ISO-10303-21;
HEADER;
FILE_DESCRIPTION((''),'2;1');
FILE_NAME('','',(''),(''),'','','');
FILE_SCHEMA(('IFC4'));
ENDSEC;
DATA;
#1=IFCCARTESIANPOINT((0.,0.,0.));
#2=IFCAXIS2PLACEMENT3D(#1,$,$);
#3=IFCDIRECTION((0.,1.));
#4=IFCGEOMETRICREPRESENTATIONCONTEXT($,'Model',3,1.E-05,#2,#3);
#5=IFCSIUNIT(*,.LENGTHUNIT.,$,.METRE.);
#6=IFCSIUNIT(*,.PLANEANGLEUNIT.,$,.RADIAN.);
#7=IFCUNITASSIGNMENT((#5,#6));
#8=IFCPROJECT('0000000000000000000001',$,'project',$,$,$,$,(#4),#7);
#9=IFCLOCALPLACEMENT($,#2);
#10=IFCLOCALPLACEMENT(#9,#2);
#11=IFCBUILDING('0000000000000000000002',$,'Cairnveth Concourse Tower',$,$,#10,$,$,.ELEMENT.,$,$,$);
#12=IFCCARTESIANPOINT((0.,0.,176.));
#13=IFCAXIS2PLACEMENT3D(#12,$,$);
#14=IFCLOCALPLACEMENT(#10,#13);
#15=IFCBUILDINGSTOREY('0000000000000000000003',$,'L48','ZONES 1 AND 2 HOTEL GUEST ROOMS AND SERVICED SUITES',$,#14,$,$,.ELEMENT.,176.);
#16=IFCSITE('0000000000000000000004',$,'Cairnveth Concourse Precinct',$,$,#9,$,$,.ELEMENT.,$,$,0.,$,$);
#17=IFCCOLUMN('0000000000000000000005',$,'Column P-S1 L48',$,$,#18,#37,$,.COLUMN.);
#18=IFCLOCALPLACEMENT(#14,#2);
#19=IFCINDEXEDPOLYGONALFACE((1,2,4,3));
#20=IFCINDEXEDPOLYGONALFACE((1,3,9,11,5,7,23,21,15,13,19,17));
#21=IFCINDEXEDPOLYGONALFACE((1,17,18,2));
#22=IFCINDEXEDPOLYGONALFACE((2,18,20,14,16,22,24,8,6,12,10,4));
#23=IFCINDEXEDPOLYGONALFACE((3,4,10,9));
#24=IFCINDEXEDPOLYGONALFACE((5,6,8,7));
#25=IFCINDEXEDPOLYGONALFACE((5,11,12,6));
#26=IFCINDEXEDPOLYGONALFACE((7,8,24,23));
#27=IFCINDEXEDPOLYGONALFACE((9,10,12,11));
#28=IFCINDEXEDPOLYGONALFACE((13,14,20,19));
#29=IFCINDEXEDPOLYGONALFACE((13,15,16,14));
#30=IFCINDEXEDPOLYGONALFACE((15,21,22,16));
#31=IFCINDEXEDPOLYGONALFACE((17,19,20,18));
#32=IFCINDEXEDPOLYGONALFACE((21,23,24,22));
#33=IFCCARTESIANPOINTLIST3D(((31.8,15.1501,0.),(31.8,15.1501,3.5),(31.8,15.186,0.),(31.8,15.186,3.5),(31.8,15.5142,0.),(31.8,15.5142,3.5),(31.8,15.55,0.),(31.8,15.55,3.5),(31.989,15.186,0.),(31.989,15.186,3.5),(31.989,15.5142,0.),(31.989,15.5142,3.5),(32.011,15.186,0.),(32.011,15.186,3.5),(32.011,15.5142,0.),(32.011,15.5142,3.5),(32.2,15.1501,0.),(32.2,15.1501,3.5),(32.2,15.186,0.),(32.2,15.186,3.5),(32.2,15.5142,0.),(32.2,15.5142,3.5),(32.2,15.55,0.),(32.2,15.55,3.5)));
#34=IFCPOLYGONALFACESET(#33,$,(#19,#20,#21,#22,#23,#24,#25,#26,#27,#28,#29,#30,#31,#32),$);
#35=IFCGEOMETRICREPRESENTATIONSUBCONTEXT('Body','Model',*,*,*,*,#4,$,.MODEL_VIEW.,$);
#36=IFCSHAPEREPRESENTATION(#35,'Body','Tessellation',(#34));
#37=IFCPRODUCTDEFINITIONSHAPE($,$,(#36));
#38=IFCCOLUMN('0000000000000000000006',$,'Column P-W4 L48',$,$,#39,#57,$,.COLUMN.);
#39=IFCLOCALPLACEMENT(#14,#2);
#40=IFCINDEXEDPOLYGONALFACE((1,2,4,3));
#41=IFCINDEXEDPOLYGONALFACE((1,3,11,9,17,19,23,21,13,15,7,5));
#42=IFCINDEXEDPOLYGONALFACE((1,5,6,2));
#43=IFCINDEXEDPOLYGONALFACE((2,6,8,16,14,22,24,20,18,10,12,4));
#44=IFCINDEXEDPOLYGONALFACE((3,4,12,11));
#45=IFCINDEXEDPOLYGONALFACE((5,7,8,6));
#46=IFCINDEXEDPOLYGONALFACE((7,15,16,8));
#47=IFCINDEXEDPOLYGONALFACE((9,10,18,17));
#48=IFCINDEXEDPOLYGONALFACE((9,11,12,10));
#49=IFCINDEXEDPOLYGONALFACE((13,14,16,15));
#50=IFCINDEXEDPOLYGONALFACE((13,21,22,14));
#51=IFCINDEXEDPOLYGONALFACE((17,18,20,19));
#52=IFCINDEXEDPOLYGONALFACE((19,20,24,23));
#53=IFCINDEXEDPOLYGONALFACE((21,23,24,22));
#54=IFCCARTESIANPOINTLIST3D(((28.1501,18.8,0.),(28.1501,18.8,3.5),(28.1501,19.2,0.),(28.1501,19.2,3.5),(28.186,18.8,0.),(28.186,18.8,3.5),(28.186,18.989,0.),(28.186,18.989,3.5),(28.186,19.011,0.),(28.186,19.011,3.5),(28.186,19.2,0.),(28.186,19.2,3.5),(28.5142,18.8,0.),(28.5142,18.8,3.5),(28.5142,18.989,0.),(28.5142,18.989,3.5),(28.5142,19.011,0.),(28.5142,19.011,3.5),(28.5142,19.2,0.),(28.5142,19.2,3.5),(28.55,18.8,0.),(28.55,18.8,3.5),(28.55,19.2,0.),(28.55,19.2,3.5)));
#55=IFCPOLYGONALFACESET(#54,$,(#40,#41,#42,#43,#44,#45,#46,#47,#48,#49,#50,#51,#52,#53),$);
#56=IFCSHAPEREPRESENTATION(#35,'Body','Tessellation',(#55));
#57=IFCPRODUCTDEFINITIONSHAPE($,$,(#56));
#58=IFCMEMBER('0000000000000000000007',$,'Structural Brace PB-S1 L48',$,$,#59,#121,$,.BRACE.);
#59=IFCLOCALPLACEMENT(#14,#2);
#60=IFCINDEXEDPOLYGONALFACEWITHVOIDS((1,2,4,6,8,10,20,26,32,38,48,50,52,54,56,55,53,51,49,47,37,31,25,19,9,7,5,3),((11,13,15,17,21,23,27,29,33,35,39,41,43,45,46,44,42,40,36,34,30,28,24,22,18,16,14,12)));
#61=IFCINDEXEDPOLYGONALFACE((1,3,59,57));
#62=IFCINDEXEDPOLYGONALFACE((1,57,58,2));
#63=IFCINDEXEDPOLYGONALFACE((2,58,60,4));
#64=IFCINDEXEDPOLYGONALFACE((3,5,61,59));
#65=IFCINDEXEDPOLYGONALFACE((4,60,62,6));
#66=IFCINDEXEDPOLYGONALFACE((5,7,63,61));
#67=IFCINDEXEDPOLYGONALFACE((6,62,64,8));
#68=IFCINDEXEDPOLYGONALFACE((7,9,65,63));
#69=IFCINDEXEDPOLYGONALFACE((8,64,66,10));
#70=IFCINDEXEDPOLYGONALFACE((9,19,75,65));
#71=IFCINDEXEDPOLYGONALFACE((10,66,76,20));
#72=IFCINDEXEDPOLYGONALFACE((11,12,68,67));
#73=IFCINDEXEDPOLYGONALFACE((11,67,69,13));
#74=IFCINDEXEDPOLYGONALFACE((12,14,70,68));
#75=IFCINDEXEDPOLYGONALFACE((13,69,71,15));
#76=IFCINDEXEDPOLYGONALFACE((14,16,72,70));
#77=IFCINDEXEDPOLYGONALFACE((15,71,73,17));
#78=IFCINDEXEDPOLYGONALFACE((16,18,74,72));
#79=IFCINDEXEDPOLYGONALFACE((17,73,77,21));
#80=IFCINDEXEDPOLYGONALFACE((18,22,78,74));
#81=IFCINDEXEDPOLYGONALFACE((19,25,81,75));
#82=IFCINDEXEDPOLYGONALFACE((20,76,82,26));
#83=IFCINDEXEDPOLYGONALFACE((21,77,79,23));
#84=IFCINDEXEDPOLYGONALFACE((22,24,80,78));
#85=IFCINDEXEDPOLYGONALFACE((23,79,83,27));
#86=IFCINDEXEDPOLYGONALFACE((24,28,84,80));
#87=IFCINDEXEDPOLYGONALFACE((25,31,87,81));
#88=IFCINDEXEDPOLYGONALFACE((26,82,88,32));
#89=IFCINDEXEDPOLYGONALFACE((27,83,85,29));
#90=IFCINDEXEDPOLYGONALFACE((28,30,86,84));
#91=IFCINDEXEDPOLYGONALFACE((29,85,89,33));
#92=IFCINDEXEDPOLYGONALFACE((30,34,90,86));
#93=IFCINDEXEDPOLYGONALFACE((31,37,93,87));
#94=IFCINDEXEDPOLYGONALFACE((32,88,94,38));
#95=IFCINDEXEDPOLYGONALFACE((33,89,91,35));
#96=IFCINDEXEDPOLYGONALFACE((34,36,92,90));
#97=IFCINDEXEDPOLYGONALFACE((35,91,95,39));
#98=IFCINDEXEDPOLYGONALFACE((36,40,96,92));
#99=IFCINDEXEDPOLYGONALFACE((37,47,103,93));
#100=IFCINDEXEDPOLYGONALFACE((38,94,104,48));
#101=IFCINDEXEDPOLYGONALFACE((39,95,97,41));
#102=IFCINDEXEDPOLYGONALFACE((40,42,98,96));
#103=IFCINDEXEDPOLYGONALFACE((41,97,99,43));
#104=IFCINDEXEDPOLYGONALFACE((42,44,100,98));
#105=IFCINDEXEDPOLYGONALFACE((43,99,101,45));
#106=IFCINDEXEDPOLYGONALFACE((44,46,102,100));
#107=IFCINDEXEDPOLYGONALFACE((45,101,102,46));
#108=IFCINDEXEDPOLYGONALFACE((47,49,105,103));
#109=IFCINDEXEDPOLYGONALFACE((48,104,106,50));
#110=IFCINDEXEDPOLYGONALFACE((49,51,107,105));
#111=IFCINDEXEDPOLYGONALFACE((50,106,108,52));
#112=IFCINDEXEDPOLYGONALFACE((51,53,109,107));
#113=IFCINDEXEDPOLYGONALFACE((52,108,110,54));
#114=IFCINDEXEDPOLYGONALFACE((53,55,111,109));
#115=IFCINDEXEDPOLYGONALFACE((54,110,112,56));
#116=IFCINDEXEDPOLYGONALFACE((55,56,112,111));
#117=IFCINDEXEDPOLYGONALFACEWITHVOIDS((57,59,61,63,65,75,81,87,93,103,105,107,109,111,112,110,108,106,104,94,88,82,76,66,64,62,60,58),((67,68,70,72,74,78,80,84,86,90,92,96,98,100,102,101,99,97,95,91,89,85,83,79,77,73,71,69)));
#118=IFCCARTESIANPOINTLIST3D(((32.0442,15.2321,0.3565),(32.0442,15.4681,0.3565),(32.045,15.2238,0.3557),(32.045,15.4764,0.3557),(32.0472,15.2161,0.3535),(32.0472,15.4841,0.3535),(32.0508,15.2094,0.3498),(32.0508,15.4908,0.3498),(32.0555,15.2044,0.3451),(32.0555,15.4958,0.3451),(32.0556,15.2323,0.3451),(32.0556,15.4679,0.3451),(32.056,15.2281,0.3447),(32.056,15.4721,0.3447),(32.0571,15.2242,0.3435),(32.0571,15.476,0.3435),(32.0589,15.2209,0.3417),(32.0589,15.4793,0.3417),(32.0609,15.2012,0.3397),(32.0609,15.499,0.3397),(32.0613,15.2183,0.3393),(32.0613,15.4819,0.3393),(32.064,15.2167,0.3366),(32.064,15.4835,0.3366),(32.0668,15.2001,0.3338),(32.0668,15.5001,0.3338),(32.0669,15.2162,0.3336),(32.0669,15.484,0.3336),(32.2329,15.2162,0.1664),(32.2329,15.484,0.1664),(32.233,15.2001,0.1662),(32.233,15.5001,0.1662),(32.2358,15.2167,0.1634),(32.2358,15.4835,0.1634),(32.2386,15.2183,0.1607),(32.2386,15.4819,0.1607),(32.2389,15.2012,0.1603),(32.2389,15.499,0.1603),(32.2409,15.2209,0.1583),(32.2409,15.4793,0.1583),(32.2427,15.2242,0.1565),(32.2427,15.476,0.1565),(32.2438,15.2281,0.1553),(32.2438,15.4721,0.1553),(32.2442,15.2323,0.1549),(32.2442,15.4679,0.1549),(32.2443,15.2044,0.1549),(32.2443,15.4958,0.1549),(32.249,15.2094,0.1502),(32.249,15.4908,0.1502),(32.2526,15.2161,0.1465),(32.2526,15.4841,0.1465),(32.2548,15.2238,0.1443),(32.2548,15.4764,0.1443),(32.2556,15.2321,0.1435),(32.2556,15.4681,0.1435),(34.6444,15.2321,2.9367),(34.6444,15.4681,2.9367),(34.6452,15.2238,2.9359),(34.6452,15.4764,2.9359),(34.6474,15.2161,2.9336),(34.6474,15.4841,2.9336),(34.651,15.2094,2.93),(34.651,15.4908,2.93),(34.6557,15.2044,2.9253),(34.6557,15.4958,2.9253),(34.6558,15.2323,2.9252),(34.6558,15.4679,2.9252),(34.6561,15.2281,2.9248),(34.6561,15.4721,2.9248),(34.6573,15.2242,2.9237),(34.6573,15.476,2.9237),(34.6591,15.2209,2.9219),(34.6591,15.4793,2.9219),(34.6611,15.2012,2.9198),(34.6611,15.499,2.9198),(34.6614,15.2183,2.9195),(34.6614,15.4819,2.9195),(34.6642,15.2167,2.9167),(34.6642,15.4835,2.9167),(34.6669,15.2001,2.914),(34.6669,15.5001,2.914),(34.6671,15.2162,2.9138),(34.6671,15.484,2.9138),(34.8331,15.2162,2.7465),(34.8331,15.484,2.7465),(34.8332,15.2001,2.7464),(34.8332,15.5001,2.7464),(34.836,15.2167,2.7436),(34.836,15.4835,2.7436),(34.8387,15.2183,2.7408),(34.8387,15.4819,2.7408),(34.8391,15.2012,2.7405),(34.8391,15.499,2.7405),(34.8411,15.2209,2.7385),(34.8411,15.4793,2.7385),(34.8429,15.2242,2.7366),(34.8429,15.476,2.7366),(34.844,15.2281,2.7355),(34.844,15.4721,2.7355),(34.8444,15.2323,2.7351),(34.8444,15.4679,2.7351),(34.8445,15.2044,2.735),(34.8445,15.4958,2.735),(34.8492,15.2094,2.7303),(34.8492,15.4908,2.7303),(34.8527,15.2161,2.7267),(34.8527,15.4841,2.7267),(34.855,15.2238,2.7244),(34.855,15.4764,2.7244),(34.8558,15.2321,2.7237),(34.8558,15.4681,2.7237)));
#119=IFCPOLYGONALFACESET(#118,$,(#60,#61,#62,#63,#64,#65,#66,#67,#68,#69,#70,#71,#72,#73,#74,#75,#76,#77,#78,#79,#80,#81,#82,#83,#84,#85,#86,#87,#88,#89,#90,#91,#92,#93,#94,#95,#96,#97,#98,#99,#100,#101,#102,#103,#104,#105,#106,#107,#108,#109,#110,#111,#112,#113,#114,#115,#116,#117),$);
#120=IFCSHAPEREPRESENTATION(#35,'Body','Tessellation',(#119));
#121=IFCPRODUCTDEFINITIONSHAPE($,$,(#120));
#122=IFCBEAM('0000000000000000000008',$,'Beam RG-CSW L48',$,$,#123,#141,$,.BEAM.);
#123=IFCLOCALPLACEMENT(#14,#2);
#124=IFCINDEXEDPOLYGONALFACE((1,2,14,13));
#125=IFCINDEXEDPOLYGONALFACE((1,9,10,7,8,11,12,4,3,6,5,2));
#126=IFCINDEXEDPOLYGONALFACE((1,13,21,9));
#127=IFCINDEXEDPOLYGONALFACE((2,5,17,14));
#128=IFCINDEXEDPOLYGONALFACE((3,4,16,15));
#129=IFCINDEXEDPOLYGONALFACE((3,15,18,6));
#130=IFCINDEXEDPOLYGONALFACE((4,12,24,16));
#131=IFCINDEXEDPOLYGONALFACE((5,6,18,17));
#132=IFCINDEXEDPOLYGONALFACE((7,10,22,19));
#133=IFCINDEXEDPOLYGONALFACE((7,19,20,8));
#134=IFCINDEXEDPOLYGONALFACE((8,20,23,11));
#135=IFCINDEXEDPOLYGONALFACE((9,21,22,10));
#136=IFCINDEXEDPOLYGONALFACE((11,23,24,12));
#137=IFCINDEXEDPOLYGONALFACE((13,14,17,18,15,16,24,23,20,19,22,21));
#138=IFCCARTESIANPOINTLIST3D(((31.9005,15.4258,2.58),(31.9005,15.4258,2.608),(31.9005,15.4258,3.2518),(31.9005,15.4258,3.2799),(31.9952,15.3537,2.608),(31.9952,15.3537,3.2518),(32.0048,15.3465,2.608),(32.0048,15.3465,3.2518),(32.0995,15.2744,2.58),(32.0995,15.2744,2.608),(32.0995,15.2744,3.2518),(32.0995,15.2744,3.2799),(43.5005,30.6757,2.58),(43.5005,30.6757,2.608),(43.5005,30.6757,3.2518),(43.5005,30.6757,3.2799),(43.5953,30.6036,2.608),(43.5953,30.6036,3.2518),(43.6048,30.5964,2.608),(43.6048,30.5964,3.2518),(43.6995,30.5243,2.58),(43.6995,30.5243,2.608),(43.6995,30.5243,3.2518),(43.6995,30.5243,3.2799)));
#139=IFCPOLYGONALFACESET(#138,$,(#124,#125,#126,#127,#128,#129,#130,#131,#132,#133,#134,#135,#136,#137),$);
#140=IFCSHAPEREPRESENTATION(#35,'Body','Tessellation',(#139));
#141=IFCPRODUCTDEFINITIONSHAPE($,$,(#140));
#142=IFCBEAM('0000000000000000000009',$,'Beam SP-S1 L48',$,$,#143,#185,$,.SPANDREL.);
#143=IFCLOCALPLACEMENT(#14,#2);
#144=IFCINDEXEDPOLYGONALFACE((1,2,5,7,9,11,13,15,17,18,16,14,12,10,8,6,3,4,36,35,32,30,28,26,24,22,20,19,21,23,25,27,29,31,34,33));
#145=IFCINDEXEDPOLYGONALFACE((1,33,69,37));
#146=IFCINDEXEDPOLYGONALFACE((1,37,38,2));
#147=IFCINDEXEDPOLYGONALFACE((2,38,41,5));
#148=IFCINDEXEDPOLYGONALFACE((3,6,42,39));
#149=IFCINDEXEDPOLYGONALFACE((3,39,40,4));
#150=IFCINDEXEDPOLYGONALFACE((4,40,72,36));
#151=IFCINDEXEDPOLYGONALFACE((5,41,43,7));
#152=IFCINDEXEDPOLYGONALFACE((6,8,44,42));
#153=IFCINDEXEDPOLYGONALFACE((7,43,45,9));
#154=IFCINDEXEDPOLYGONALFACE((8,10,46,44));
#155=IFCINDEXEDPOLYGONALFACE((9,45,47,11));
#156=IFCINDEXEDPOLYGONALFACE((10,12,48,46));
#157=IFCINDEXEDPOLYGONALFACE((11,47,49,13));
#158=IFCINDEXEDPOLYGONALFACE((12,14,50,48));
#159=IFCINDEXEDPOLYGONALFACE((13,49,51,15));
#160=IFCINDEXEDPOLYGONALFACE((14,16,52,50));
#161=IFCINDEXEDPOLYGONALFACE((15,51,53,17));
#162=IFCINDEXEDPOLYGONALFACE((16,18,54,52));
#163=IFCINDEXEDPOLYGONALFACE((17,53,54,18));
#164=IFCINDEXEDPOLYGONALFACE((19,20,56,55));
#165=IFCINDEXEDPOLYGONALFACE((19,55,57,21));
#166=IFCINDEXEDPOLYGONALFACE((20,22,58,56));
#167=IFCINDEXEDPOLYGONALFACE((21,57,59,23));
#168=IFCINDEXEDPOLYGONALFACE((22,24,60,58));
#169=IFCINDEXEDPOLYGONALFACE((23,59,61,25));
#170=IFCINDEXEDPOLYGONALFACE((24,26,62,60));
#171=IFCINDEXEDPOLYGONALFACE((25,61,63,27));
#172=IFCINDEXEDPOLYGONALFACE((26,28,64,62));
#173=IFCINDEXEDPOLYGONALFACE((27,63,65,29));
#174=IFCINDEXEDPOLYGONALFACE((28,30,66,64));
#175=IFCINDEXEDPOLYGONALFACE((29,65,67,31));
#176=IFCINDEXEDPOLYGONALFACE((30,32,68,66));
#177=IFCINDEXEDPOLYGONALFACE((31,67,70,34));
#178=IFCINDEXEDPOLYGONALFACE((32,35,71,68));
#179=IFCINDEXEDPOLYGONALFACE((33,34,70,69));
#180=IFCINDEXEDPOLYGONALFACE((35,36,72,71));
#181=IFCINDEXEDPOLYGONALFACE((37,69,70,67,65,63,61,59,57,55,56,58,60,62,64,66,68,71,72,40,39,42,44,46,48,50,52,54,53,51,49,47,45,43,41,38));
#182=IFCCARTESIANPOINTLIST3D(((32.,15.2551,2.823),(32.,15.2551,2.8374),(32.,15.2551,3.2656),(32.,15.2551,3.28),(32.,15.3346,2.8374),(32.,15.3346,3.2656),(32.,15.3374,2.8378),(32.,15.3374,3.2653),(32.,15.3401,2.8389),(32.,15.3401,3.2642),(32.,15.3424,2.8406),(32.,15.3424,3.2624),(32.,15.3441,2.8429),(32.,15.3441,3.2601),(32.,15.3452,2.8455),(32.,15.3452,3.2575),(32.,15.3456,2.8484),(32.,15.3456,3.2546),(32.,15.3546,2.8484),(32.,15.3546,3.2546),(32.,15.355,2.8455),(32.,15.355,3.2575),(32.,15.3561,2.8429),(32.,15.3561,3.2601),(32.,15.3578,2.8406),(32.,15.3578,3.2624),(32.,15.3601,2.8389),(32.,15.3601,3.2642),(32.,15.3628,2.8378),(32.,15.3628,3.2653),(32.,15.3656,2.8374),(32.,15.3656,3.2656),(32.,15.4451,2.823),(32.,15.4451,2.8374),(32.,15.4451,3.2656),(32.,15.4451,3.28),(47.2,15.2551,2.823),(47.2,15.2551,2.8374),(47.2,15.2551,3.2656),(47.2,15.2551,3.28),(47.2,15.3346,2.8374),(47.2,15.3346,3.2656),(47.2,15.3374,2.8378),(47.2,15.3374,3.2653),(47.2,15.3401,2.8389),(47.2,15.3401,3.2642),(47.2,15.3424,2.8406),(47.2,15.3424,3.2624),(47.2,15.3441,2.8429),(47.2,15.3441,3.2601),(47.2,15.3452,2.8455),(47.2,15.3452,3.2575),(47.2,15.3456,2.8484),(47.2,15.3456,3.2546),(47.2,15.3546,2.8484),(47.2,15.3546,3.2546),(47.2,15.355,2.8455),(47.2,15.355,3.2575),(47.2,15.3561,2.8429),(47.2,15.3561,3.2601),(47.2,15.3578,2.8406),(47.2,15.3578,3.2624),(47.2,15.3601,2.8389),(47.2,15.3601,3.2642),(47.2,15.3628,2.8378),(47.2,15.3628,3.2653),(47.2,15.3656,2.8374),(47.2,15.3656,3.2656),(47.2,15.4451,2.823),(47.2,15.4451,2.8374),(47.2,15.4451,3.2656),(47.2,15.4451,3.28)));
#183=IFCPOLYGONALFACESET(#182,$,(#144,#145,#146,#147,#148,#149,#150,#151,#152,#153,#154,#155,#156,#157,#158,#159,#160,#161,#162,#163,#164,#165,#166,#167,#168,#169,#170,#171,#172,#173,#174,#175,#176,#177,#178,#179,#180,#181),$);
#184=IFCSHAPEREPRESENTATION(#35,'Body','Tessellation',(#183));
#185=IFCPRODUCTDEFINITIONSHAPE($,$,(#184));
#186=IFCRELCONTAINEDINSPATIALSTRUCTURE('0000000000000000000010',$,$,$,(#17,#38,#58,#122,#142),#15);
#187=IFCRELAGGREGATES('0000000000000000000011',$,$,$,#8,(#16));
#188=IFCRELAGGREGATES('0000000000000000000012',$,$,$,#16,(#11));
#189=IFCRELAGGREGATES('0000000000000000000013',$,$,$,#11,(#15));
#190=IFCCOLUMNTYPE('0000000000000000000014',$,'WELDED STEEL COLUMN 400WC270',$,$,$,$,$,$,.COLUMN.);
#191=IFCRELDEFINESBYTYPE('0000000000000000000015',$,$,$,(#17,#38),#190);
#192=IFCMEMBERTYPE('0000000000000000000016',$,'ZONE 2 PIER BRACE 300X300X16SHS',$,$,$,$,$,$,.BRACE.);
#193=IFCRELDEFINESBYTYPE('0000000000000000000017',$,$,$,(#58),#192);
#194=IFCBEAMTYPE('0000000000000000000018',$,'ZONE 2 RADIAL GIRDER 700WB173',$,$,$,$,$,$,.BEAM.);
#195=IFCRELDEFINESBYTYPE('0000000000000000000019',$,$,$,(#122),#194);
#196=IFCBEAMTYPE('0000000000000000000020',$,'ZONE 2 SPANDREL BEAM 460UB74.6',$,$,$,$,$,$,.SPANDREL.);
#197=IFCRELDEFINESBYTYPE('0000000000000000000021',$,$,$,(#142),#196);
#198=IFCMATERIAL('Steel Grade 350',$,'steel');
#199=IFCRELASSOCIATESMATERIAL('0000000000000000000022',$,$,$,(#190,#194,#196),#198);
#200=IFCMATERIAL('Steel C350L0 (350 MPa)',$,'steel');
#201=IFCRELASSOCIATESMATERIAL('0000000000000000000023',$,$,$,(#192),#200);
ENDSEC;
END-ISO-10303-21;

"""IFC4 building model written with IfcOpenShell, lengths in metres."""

from ifc_helpers import new_model, si_unit, direction, frame, origin, origin_2d, place, context, subcontext, project, spatial, hollow_rectangle, i_section, extrude, material, material_profile, profile_set, type_object, element, save


model = new_model("IFC4")

# Units and contexts
model_context = context("Model", 3, precision=1e-05, world=origin(), true_north=direction((0.0, 1.0)))
body_context = subcontext(model_context, "Body", "Model", "MODEL_VIEW")
ifc_project = project(units=[si_unit("LENGTHUNIT", "METRE"), si_unit("PLANEANGLEUNIT", "RADIAN")], contexts=[model_context])

# Site, building, storey
site_placement = place(None, origin())
site = spatial("IfcSite", under=ifc_project, at=site_placement, Name="Cairnveth Concourse Precinct", CompositionType="ELEMENT", RefElevation=0.0)
building_placement = place(site_placement, origin())
building = spatial("IfcBuilding", under=site, at=building_placement, Name="Cairnveth Concourse Tower", CompositionType="ELEMENT")
storey_placement = place(building_placement, frame((0.0, 0.0, 176.0)))
storey = spatial("IfcBuildingStorey", under=building, at=storey_placement, Name="L48", Description="ZONES 1 AND 2 HOTEL GUEST ROOMS AND SERVICED SUITES", CompositionType="ELEMENT", Elevation=176.0)

# Columns
ifc_material_1 = material(Name="Steel Grade 350", Category="steel")
ifc_material_profile_1 = material_profile(ifc_material_1, i_section(OverallWidth=0.3999, OverallDepth=0.3999, WebThickness=0.022, FlangeThickness=0.0359, at=origin_2d()), Name="400WC270")
ifc_profile_set_1 = profile_set([ifc_material_profile_1], Name="Steel Grade 350")
column_type = type_object("IfcColumnType", Name="WELDED STEEL COLUMN 400WC270", PredefinedType="COLUMN", material=ifc_profile_set_1)
for number, where, z_axis, x_axis, name in (
    (1, (32.0, 15.3501, 0.0), (0.0, 0.0, 1.0), (1.0, 0.0, 0.0), "Column P-S1 L48"),
    (2, (28.3501, 19.0, 0.0), (0.0, 0.0, 1.0), (0.0, 1.0, 0.0), "Column P-W4 L48"),
):
    element("IfcColumn", number, at=place(storey_placement, frame(where, z_axis=z_axis, x_axis=x_axis)), inside=storey, type_object=column_type, Name=name, PredefinedType="COLUMN", context=body_context, shape_type="SweptSolid", body=[
        extrude(i_section(OverallWidth=0.3999, OverallDepth=0.3999, WebThickness=0.022, FlangeThickness=0.0359, at=origin_2d()), origin(), (0.0, 0.0, 1.0), 3.5),
    ])

# Member
ifc_material_2 = material(Name="Steel C350L0 (350 MPa)", Category="steel")
ifc_material_profile_2 = material_profile(ifc_material_2, hollow_rectangle(XDim=0.3, YDim=0.3, WallThickness=0.0161, InnerFilletRadius=0.0161, OuterFilletRadius=0.032, at=origin_2d()), Name="300x300x16.0SHS")
ifc_profile_set_2 = profile_set([ifc_material_profile_2], Name="Steel C350L0 (350 MPa)")
member_type = type_object("IfcMemberType", Name="ZONE 2 PIER BRACE 300X300X16SHS", PredefinedType="BRACE", material=ifc_profile_set_2)
member_placement = place(storey_placement, frame((32.1499, 15.3501, 0.25), z_axis=(0.709834, 0.0, 0.704369), x_axis=(0.0, 1.0, 0.0)))
element("IfcMember", 3, at=member_placement, inside=storey, type_object=member_type, Name="Structural Brace PB-S1 L48", PredefinedType="BRACE", context=body_context, shape_type="SweptSolid", body=[
    extrude(hollow_rectangle(XDim=0.3, YDim=0.3, WallThickness=0.0161, InnerFilletRadius=0.0161, OuterFilletRadius=0.032, at=origin_2d()), origin(), (0.0, 0.0, 1.0), 3.6631),
])

# Beams
ifc_material_profile_3 = material_profile(ifc_material_1, i_section(OverallWidth=0.25, OverallDepth=0.7, WebThickness=0.012, FlangeThickness=0.0281, at=origin_2d()), Name="700WB173")
ifc_profile_set_3 = profile_set([ifc_material_profile_3], Name="Steel Grade 350")
beam_type_1 = type_object("IfcBeamType", Name="ZONE 2 RADIAL GIRDER 700WB173", PredefinedType="BEAM", material=ifc_profile_set_3)
beam_1_placement = place(storey_placement, frame((32.0, 15.3501, 2.9299), z_axis=(0.605417, 0.795908, 0.0), x_axis=(-0.795908, 0.605417, 0.0)))
element("IfcBeam", 4, at=beam_1_placement, inside=storey, type_object=beam_type_1, Name="Beam RG-CSW L48", PredefinedType="BEAM", context=body_context, shape_type="SweptSolid", body=[
    extrude(i_section(OverallWidth=0.25, OverallDepth=0.7, WebThickness=0.012, FlangeThickness=0.0281, at=origin_2d()), origin(), (0.0, 0.0, 1.0), 19.1604),
])
ifc_material_profile_4 = material_profile(ifc_material_1, i_section(OverallWidth=0.1899, OverallDepth=0.457, WebThickness=0.009, FlangeThickness=0.0144, FilletRadius=0.011, at=origin_2d()), Name="460UB74.6")
ifc_profile_set_4 = profile_set([ifc_material_profile_4], Name="Steel Grade 350")
beam_type_2 = type_object("IfcBeamType", Name="ZONE 2 SPANDREL BEAM 460UB74.6", PredefinedType="SPANDREL", material=ifc_profile_set_4)
beam_2_placement = place(storey_placement, frame((32.0, 15.3501, 3.0515), z_axis=(1.0, 0.0, 0.0), x_axis=(0.0, 1.0, 0.0)))
element("IfcBeam", 5, at=beam_2_placement, inside=storey, type_object=beam_type_2, Name="Beam SP-S1 L48", PredefinedType="SPANDREL", context=body_context, shape_type="SweptSolid", body=[
    extrude(i_section(OverallWidth=0.1899, OverallDepth=0.457, WebThickness=0.009, FlangeThickness=0.0144, FilletRadius=0.011, at=origin_2d()), origin(), (0.0, 0.0, 1.0), 15.2),
])

save(model, "model.ifc")
